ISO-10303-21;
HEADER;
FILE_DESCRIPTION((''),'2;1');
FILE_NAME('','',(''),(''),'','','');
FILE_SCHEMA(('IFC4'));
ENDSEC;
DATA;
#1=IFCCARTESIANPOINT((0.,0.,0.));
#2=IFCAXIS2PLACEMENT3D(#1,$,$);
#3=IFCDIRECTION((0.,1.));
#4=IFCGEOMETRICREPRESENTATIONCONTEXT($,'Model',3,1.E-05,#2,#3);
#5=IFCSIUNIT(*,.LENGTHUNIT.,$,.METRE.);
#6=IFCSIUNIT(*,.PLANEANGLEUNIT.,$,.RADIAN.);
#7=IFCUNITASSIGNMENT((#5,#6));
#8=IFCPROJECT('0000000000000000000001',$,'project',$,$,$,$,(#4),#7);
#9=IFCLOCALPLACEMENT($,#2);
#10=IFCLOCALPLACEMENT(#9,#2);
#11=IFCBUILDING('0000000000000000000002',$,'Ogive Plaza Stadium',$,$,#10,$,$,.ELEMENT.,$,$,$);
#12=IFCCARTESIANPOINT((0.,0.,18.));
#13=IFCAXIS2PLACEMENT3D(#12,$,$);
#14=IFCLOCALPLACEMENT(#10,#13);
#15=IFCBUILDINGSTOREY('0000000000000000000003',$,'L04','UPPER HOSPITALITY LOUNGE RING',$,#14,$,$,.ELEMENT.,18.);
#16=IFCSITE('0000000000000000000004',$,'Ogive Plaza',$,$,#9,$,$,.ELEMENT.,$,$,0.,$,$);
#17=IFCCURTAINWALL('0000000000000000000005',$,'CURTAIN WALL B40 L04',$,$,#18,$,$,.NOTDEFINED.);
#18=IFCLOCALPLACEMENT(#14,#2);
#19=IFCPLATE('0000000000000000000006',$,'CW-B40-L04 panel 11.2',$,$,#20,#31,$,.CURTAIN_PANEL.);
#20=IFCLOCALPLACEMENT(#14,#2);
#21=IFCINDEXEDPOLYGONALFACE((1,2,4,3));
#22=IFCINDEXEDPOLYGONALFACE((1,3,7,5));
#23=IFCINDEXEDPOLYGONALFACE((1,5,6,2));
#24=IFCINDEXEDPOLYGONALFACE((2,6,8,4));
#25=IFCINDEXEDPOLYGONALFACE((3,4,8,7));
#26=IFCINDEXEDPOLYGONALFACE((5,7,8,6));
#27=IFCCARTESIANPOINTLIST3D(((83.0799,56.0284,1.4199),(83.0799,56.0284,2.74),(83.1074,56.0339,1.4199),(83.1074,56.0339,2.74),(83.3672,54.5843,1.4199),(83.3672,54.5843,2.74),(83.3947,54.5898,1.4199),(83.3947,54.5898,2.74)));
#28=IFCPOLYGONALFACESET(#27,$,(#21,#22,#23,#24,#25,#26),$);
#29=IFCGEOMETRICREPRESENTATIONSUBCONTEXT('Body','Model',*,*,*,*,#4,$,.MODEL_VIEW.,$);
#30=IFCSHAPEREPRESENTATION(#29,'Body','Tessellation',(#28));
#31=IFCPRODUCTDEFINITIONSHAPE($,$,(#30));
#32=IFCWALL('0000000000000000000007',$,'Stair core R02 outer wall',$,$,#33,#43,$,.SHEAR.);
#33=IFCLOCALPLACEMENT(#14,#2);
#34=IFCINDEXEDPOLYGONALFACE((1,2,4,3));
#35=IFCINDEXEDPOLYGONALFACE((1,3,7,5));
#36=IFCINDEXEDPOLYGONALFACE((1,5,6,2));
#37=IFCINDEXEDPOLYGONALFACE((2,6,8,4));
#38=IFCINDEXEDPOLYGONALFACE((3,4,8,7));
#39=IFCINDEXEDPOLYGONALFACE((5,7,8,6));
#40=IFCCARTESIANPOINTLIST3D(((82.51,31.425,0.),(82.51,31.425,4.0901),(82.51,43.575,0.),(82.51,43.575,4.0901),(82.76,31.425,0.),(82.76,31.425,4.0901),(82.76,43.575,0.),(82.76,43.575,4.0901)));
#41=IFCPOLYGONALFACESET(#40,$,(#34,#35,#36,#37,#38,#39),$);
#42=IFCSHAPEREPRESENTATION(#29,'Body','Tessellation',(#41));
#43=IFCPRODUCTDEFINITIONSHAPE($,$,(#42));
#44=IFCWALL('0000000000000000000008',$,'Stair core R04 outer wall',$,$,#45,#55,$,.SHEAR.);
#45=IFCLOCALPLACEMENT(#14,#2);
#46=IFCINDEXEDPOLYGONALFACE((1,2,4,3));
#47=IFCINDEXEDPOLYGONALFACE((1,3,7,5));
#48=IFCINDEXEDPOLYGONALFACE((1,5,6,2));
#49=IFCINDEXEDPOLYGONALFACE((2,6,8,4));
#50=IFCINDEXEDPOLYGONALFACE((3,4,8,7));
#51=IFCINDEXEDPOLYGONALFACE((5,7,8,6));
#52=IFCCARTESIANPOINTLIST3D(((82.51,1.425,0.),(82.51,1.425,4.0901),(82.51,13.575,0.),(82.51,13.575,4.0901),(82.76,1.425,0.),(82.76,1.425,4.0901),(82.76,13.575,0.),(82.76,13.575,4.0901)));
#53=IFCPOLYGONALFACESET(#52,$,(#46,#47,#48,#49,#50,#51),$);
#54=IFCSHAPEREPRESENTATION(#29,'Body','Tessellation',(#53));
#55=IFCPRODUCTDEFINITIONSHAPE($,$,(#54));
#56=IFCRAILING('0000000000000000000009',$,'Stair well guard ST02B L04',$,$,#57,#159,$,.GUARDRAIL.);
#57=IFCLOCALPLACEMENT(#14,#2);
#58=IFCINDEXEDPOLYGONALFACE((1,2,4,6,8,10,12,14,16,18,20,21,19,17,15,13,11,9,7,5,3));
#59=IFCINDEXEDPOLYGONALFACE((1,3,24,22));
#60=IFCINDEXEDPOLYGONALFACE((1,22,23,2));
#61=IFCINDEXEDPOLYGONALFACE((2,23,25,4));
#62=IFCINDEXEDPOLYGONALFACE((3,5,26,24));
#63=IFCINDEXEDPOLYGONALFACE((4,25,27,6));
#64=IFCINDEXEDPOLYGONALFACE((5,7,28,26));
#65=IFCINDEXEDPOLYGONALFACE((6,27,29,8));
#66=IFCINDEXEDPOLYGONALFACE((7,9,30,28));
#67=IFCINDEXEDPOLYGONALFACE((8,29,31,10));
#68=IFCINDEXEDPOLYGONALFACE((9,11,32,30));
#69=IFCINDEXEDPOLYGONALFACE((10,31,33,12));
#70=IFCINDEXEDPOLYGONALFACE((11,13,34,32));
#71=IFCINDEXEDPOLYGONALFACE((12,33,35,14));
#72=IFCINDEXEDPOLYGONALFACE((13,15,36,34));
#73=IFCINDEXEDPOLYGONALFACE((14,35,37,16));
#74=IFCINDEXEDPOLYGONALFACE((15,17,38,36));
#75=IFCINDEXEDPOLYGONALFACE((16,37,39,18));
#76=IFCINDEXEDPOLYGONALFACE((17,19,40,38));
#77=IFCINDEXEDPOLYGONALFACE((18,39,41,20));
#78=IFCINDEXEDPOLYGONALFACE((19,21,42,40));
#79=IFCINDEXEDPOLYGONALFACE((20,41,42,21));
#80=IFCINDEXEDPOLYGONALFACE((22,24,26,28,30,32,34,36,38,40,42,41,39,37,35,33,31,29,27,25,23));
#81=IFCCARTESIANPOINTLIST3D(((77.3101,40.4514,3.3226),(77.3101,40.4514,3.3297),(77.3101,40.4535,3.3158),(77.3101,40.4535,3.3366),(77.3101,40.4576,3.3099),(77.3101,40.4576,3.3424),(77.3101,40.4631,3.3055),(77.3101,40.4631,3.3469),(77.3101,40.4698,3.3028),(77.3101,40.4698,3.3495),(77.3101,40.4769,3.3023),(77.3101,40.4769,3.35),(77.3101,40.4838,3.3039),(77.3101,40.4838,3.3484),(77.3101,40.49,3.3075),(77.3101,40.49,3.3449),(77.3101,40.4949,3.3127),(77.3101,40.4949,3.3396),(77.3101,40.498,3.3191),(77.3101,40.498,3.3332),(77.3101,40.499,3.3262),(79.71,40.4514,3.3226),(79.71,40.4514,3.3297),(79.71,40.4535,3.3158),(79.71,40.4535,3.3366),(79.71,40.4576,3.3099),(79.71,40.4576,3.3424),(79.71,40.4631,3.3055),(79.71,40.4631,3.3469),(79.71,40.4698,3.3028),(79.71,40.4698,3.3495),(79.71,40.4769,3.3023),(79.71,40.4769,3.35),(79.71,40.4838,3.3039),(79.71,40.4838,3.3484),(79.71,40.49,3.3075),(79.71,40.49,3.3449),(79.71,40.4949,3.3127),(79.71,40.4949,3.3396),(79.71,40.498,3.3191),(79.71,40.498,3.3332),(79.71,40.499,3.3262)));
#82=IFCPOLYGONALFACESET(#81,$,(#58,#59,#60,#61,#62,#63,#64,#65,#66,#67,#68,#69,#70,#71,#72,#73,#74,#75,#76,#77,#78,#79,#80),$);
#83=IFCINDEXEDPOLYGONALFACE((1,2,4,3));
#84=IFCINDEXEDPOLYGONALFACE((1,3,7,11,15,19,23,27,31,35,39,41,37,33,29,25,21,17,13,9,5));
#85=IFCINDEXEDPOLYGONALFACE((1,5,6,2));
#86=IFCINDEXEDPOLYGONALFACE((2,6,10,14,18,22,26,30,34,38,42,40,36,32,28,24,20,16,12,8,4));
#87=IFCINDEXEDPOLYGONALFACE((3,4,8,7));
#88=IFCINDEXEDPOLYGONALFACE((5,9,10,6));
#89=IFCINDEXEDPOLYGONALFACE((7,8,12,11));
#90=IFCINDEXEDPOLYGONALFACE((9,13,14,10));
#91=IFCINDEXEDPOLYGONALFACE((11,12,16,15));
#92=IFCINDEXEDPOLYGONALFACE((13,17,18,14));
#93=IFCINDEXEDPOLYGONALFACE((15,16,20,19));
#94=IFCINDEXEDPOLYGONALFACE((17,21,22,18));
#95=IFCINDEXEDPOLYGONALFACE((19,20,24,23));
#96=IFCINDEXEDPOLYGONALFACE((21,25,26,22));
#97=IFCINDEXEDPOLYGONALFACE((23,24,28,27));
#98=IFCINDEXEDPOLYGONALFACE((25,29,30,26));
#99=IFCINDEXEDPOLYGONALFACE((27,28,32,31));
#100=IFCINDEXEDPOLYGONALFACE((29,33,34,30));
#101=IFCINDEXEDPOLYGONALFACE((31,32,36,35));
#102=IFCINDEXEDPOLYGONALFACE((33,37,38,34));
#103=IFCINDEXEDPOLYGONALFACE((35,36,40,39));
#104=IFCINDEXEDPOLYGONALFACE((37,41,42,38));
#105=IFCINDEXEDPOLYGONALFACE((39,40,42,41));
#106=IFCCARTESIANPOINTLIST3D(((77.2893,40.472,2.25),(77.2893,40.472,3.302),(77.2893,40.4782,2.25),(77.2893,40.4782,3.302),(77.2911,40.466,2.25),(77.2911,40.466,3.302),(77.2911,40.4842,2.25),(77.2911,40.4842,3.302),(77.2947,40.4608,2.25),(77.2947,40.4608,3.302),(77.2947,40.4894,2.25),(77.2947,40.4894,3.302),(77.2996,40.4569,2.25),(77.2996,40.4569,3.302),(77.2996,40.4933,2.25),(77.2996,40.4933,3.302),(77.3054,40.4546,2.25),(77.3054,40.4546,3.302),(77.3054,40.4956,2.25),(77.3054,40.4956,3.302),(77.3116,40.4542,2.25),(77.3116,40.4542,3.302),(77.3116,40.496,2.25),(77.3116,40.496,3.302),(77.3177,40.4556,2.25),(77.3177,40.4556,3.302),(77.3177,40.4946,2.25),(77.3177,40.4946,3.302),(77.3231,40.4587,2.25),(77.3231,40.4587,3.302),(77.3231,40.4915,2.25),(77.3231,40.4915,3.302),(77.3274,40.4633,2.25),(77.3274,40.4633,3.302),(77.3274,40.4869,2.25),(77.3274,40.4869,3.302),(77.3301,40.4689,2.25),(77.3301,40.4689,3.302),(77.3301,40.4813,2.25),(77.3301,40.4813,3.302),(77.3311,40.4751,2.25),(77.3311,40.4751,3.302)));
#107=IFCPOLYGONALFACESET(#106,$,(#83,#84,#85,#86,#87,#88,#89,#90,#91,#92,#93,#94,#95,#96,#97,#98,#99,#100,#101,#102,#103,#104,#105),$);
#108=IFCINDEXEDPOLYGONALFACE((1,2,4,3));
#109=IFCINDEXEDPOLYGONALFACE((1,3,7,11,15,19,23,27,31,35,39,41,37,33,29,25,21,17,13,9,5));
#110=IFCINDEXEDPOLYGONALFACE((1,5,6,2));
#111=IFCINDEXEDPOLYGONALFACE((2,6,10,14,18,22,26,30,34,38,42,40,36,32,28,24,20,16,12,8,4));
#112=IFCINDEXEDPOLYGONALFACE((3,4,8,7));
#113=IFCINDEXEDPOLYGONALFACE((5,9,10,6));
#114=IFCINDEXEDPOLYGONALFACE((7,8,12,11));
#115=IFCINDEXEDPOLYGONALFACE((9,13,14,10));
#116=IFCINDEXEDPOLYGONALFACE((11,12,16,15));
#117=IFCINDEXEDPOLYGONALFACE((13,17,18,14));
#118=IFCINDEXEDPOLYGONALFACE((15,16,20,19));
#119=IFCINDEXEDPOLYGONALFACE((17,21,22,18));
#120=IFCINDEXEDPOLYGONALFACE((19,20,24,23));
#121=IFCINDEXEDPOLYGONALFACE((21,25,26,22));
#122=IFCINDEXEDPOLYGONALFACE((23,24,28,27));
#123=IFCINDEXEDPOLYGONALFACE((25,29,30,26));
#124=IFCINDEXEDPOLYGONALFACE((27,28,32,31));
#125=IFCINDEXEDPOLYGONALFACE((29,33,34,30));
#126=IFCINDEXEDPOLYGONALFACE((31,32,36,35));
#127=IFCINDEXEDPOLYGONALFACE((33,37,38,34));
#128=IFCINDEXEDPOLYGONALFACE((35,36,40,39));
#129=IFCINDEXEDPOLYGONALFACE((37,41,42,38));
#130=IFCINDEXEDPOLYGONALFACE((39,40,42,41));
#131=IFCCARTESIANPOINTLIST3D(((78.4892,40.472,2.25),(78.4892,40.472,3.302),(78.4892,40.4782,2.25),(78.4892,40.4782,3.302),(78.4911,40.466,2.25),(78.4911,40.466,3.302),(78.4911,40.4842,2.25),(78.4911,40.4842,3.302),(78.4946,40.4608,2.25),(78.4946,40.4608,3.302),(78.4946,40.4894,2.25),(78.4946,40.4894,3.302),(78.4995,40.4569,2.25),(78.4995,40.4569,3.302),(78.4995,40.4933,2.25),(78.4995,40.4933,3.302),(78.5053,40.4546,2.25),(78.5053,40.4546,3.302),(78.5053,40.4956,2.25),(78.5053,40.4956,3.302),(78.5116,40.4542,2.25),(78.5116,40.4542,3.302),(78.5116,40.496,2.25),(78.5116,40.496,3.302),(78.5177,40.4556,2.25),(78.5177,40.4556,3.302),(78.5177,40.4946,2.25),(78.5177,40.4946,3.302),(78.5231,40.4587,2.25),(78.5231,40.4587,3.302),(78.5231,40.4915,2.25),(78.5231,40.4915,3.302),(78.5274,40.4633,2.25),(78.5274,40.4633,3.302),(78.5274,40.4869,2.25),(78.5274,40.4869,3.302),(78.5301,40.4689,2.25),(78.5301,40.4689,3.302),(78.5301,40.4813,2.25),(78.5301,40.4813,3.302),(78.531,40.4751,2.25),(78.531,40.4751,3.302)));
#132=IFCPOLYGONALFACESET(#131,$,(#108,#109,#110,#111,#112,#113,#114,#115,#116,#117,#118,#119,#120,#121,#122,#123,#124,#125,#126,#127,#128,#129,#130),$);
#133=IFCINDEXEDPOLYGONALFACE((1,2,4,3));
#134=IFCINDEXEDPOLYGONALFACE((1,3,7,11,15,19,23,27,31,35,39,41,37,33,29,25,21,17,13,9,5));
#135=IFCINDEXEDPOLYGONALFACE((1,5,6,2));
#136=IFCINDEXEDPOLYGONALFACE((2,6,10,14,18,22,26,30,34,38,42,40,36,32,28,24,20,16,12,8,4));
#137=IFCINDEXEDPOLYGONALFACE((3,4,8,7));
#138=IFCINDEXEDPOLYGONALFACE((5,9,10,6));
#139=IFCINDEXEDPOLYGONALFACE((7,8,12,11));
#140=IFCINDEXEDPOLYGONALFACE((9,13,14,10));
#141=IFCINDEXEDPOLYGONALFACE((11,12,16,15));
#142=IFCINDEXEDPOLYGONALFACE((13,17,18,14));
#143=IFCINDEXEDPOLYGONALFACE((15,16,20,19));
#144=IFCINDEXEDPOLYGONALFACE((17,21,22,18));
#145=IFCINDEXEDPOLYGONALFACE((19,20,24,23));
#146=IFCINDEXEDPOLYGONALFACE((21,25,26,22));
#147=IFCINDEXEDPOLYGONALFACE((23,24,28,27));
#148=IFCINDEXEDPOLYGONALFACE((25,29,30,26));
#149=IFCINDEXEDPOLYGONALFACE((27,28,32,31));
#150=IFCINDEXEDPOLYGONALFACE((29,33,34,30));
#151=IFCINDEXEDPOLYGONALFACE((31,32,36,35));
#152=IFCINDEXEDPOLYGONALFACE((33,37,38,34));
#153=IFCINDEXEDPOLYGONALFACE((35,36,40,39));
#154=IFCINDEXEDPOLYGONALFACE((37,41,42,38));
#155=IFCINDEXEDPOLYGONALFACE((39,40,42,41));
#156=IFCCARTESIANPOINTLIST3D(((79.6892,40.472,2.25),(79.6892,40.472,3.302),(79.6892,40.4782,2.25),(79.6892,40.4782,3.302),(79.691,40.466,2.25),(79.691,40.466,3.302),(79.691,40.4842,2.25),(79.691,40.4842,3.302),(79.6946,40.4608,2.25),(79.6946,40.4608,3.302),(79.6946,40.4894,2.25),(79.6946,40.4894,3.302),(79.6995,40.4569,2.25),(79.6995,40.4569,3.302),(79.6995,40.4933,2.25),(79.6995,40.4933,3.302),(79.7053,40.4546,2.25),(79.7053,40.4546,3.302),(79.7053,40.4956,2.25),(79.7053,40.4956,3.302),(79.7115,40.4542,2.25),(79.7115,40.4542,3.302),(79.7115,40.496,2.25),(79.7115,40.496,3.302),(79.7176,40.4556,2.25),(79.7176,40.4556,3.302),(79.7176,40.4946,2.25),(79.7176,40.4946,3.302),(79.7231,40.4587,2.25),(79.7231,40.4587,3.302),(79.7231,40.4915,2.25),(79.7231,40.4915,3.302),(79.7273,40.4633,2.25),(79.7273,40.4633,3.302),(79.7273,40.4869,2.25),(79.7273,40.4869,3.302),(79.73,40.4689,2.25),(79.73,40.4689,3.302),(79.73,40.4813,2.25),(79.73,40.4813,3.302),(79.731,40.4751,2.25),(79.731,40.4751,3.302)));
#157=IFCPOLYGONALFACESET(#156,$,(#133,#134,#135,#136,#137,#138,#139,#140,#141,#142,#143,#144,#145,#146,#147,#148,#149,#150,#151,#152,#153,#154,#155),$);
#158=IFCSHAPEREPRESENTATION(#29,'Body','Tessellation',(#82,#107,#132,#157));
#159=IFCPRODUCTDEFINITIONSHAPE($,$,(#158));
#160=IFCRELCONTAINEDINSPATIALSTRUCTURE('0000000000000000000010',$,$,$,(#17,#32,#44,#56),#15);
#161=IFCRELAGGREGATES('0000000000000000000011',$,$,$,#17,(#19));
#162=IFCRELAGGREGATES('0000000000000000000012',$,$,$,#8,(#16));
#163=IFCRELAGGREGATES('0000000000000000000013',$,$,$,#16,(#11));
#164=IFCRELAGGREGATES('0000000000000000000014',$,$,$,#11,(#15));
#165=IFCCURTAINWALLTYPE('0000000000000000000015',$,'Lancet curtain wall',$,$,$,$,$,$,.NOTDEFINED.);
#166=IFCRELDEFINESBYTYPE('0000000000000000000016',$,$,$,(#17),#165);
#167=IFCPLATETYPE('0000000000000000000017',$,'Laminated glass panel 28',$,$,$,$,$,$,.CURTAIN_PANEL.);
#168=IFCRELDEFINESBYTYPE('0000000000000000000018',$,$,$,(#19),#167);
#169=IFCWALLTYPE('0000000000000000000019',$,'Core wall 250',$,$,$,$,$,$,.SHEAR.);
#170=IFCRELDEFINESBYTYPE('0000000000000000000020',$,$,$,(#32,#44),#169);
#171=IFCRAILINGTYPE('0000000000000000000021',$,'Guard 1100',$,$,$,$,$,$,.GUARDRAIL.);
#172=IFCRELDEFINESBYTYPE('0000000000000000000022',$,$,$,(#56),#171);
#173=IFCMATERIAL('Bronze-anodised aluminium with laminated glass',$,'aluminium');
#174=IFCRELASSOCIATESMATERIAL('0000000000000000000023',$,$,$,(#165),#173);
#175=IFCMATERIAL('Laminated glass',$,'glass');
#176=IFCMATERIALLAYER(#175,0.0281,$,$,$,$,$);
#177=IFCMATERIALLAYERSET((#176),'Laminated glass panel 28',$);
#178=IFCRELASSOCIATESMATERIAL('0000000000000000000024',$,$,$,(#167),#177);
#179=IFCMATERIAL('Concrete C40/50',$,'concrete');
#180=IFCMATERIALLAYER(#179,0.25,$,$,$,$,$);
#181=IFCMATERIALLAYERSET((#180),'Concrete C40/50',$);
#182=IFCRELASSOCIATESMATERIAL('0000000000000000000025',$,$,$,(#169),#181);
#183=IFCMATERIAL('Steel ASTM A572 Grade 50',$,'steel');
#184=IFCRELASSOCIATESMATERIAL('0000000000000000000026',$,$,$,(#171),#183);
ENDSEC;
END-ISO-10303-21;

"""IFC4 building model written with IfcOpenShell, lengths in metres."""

from ifc_helpers import new_model, si_unit, direction, frame, frame_2d, origin, origin_2d, place, context, subcontext, project, spatial, rectangle, circle, extrude, material, layer, layer_set, type_object, element, aggregate, save


model = new_model("IFC4")

# Units and contexts
model_context = context("Model", 3, precision=1e-05, world=origin(), true_north=direction((0.0, 1.0)))
body_context = subcontext(model_context, "Body", "Model", "MODEL_VIEW")
ifc_project = project(units=[si_unit("LENGTHUNIT", "METRE"), si_unit("PLANEANGLEUNIT", "RADIAN")], contexts=[model_context])

# Site, building, storey
site_placement = place(None, origin())
site = spatial("IfcSite", under=ifc_project, at=site_placement, Name="Ogive Plaza", CompositionType="ELEMENT", RefElevation=0.0)
building_placement = place(site_placement, origin())
building = spatial("IfcBuilding", under=site, at=building_placement, Name="Ogive Plaza Stadium", CompositionType="ELEMENT")
storey_placement = place(building_placement, frame((0.0, 0.0, 18.0)))
storey = spatial("IfcBuildingStorey", under=building, at=storey_placement, Name="L04", Description="UPPER HOSPITALITY LOUNGE RING", CompositionType="ELEMENT", Elevation=18.0)

# Curtain wall, plate
ifc_material_1 = material(Name="Bronze-anodised aluminium with laminated glass", Category="aluminium")
curtain_wall_type = type_object("IfcCurtainWallType", Name="Lancet curtain wall", PredefinedType="NOTDEFINED", material=ifc_material_1)
curtain_wall_placement = place(storey_placement, origin())
curtain_wall = element("IfcCurtainWall", 1, at=curtain_wall_placement, inside=storey, type_object=curtain_wall_type, Name="CURTAIN WALL B40 L04", PredefinedType="NOTDEFINED")
ifc_material_2 = material(Name="Laminated glass", Category="glass")
ifc_layer_1 = layer(ifc_material_2, 0.0281)
ifc_layer_set_1 = layer_set([ifc_layer_1], Name="Laminated glass panel 28")
plate_type = type_object("IfcPlateType", Name="Laminated glass panel 28", PredefinedType="CURTAIN_PANEL", material=ifc_layer_set_1)
plate_1_placement = place(storey_placement, frame((83.2373, 55.3091, 1.4199), z_axis=(0.0, 0.0, 1.0), x_axis=(0.19509, -0.980785, 0.0)))
plate_1 = element("IfcPlate", 2, at=plate_1_placement, type_object=plate_type, Name="CW-B40-L04 panel 11.2", PredefinedType="CURTAIN_PANEL", context=body_context, shape_type="SweptSolid", body=[
    extrude(rectangle(XDim=1.4724, YDim=0.0281, at=origin_2d()), origin(), (0.0, 0.0, 1.0), 1.3201),
])
aggregate(curtain_wall, [plate_1])

# Walls
ifc_material_3 = material(Name="Concrete C40/50", Category="concrete")
ifc_layer_2 = layer(ifc_material_3, 0.25)
ifc_layer_set_2 = layer_set([ifc_layer_2], Name="Concrete C40/50")
wall_type = type_object("IfcWallType", Name="Core wall 250", PredefinedType="SHEAR", material=ifc_layer_set_2)
for number, where, z_axis, x_axis, name in (
    (3, (82.635, 31.425, 0.0), (0.0, 0.0, 1.0), (0.0, 1.0, 0.0), "Stair core R02 outer wall"),
    (4, (82.635, 1.425, 0.0), (0.0, 0.0, 1.0), (0.0, 1.0, 0.0), "Stair core R04 outer wall"),
):
    element("IfcWall", number, at=place(storey_placement, frame(where, z_axis=z_axis, x_axis=x_axis)), inside=storey, type_object=wall_type, Name=name, PredefinedType="SHEAR", context=body_context, shape_type="SweptSolid", body=[
        extrude(rectangle(XDim=12.1499, YDim=0.25, at=frame_2d((6.075, 0.0))), origin(), (0.0, 0.0, 1.0), 4.0901),
    ])

# Railing
ifc_material_4 = material(Name="Steel ASTM A572 Grade 50", Category="steel")
railing_type_1 = type_object("IfcRailingType", Name="Guard 1100", PredefinedType="GUARDRAIL", material=ifc_material_4)
railing_placement = place(storey_placement, frame((77.3101, 40.4751, 2.25)))
element("IfcRailing", 5, at=railing_placement, inside=storey, type_object=railing_type_1, Name="Stair well guard ST02B L04", PredefinedType="GUARDRAIL", context=body_context, shape_type="SweptSolid", body=[
    extrude(circle(Radius=0.0239, at=origin_2d()), frame((0.0, 0.0, 1.0762), z_axis=(1.0, 0.0, 0.0), x_axis=(0.0, 1.0, 0.0)), (0.0, 0.0, 1.0), 2.3999),
    extrude(circle(Radius=0.021, at=origin_2d()), origin(), (0.0, 0.0, 1.0), 1.052),
    extrude(circle(Radius=0.021, at=origin_2d()), frame((1.2, 0.0, 0.0)), (0.0, 0.0, 1.0), 1.052),
    extrude(circle(Radius=0.021, at=origin_2d()), frame((2.3999, 0.0, 0.0)), (0.0, 0.0, 1.0), 1.052),
])

save(model, "model.ifc")
